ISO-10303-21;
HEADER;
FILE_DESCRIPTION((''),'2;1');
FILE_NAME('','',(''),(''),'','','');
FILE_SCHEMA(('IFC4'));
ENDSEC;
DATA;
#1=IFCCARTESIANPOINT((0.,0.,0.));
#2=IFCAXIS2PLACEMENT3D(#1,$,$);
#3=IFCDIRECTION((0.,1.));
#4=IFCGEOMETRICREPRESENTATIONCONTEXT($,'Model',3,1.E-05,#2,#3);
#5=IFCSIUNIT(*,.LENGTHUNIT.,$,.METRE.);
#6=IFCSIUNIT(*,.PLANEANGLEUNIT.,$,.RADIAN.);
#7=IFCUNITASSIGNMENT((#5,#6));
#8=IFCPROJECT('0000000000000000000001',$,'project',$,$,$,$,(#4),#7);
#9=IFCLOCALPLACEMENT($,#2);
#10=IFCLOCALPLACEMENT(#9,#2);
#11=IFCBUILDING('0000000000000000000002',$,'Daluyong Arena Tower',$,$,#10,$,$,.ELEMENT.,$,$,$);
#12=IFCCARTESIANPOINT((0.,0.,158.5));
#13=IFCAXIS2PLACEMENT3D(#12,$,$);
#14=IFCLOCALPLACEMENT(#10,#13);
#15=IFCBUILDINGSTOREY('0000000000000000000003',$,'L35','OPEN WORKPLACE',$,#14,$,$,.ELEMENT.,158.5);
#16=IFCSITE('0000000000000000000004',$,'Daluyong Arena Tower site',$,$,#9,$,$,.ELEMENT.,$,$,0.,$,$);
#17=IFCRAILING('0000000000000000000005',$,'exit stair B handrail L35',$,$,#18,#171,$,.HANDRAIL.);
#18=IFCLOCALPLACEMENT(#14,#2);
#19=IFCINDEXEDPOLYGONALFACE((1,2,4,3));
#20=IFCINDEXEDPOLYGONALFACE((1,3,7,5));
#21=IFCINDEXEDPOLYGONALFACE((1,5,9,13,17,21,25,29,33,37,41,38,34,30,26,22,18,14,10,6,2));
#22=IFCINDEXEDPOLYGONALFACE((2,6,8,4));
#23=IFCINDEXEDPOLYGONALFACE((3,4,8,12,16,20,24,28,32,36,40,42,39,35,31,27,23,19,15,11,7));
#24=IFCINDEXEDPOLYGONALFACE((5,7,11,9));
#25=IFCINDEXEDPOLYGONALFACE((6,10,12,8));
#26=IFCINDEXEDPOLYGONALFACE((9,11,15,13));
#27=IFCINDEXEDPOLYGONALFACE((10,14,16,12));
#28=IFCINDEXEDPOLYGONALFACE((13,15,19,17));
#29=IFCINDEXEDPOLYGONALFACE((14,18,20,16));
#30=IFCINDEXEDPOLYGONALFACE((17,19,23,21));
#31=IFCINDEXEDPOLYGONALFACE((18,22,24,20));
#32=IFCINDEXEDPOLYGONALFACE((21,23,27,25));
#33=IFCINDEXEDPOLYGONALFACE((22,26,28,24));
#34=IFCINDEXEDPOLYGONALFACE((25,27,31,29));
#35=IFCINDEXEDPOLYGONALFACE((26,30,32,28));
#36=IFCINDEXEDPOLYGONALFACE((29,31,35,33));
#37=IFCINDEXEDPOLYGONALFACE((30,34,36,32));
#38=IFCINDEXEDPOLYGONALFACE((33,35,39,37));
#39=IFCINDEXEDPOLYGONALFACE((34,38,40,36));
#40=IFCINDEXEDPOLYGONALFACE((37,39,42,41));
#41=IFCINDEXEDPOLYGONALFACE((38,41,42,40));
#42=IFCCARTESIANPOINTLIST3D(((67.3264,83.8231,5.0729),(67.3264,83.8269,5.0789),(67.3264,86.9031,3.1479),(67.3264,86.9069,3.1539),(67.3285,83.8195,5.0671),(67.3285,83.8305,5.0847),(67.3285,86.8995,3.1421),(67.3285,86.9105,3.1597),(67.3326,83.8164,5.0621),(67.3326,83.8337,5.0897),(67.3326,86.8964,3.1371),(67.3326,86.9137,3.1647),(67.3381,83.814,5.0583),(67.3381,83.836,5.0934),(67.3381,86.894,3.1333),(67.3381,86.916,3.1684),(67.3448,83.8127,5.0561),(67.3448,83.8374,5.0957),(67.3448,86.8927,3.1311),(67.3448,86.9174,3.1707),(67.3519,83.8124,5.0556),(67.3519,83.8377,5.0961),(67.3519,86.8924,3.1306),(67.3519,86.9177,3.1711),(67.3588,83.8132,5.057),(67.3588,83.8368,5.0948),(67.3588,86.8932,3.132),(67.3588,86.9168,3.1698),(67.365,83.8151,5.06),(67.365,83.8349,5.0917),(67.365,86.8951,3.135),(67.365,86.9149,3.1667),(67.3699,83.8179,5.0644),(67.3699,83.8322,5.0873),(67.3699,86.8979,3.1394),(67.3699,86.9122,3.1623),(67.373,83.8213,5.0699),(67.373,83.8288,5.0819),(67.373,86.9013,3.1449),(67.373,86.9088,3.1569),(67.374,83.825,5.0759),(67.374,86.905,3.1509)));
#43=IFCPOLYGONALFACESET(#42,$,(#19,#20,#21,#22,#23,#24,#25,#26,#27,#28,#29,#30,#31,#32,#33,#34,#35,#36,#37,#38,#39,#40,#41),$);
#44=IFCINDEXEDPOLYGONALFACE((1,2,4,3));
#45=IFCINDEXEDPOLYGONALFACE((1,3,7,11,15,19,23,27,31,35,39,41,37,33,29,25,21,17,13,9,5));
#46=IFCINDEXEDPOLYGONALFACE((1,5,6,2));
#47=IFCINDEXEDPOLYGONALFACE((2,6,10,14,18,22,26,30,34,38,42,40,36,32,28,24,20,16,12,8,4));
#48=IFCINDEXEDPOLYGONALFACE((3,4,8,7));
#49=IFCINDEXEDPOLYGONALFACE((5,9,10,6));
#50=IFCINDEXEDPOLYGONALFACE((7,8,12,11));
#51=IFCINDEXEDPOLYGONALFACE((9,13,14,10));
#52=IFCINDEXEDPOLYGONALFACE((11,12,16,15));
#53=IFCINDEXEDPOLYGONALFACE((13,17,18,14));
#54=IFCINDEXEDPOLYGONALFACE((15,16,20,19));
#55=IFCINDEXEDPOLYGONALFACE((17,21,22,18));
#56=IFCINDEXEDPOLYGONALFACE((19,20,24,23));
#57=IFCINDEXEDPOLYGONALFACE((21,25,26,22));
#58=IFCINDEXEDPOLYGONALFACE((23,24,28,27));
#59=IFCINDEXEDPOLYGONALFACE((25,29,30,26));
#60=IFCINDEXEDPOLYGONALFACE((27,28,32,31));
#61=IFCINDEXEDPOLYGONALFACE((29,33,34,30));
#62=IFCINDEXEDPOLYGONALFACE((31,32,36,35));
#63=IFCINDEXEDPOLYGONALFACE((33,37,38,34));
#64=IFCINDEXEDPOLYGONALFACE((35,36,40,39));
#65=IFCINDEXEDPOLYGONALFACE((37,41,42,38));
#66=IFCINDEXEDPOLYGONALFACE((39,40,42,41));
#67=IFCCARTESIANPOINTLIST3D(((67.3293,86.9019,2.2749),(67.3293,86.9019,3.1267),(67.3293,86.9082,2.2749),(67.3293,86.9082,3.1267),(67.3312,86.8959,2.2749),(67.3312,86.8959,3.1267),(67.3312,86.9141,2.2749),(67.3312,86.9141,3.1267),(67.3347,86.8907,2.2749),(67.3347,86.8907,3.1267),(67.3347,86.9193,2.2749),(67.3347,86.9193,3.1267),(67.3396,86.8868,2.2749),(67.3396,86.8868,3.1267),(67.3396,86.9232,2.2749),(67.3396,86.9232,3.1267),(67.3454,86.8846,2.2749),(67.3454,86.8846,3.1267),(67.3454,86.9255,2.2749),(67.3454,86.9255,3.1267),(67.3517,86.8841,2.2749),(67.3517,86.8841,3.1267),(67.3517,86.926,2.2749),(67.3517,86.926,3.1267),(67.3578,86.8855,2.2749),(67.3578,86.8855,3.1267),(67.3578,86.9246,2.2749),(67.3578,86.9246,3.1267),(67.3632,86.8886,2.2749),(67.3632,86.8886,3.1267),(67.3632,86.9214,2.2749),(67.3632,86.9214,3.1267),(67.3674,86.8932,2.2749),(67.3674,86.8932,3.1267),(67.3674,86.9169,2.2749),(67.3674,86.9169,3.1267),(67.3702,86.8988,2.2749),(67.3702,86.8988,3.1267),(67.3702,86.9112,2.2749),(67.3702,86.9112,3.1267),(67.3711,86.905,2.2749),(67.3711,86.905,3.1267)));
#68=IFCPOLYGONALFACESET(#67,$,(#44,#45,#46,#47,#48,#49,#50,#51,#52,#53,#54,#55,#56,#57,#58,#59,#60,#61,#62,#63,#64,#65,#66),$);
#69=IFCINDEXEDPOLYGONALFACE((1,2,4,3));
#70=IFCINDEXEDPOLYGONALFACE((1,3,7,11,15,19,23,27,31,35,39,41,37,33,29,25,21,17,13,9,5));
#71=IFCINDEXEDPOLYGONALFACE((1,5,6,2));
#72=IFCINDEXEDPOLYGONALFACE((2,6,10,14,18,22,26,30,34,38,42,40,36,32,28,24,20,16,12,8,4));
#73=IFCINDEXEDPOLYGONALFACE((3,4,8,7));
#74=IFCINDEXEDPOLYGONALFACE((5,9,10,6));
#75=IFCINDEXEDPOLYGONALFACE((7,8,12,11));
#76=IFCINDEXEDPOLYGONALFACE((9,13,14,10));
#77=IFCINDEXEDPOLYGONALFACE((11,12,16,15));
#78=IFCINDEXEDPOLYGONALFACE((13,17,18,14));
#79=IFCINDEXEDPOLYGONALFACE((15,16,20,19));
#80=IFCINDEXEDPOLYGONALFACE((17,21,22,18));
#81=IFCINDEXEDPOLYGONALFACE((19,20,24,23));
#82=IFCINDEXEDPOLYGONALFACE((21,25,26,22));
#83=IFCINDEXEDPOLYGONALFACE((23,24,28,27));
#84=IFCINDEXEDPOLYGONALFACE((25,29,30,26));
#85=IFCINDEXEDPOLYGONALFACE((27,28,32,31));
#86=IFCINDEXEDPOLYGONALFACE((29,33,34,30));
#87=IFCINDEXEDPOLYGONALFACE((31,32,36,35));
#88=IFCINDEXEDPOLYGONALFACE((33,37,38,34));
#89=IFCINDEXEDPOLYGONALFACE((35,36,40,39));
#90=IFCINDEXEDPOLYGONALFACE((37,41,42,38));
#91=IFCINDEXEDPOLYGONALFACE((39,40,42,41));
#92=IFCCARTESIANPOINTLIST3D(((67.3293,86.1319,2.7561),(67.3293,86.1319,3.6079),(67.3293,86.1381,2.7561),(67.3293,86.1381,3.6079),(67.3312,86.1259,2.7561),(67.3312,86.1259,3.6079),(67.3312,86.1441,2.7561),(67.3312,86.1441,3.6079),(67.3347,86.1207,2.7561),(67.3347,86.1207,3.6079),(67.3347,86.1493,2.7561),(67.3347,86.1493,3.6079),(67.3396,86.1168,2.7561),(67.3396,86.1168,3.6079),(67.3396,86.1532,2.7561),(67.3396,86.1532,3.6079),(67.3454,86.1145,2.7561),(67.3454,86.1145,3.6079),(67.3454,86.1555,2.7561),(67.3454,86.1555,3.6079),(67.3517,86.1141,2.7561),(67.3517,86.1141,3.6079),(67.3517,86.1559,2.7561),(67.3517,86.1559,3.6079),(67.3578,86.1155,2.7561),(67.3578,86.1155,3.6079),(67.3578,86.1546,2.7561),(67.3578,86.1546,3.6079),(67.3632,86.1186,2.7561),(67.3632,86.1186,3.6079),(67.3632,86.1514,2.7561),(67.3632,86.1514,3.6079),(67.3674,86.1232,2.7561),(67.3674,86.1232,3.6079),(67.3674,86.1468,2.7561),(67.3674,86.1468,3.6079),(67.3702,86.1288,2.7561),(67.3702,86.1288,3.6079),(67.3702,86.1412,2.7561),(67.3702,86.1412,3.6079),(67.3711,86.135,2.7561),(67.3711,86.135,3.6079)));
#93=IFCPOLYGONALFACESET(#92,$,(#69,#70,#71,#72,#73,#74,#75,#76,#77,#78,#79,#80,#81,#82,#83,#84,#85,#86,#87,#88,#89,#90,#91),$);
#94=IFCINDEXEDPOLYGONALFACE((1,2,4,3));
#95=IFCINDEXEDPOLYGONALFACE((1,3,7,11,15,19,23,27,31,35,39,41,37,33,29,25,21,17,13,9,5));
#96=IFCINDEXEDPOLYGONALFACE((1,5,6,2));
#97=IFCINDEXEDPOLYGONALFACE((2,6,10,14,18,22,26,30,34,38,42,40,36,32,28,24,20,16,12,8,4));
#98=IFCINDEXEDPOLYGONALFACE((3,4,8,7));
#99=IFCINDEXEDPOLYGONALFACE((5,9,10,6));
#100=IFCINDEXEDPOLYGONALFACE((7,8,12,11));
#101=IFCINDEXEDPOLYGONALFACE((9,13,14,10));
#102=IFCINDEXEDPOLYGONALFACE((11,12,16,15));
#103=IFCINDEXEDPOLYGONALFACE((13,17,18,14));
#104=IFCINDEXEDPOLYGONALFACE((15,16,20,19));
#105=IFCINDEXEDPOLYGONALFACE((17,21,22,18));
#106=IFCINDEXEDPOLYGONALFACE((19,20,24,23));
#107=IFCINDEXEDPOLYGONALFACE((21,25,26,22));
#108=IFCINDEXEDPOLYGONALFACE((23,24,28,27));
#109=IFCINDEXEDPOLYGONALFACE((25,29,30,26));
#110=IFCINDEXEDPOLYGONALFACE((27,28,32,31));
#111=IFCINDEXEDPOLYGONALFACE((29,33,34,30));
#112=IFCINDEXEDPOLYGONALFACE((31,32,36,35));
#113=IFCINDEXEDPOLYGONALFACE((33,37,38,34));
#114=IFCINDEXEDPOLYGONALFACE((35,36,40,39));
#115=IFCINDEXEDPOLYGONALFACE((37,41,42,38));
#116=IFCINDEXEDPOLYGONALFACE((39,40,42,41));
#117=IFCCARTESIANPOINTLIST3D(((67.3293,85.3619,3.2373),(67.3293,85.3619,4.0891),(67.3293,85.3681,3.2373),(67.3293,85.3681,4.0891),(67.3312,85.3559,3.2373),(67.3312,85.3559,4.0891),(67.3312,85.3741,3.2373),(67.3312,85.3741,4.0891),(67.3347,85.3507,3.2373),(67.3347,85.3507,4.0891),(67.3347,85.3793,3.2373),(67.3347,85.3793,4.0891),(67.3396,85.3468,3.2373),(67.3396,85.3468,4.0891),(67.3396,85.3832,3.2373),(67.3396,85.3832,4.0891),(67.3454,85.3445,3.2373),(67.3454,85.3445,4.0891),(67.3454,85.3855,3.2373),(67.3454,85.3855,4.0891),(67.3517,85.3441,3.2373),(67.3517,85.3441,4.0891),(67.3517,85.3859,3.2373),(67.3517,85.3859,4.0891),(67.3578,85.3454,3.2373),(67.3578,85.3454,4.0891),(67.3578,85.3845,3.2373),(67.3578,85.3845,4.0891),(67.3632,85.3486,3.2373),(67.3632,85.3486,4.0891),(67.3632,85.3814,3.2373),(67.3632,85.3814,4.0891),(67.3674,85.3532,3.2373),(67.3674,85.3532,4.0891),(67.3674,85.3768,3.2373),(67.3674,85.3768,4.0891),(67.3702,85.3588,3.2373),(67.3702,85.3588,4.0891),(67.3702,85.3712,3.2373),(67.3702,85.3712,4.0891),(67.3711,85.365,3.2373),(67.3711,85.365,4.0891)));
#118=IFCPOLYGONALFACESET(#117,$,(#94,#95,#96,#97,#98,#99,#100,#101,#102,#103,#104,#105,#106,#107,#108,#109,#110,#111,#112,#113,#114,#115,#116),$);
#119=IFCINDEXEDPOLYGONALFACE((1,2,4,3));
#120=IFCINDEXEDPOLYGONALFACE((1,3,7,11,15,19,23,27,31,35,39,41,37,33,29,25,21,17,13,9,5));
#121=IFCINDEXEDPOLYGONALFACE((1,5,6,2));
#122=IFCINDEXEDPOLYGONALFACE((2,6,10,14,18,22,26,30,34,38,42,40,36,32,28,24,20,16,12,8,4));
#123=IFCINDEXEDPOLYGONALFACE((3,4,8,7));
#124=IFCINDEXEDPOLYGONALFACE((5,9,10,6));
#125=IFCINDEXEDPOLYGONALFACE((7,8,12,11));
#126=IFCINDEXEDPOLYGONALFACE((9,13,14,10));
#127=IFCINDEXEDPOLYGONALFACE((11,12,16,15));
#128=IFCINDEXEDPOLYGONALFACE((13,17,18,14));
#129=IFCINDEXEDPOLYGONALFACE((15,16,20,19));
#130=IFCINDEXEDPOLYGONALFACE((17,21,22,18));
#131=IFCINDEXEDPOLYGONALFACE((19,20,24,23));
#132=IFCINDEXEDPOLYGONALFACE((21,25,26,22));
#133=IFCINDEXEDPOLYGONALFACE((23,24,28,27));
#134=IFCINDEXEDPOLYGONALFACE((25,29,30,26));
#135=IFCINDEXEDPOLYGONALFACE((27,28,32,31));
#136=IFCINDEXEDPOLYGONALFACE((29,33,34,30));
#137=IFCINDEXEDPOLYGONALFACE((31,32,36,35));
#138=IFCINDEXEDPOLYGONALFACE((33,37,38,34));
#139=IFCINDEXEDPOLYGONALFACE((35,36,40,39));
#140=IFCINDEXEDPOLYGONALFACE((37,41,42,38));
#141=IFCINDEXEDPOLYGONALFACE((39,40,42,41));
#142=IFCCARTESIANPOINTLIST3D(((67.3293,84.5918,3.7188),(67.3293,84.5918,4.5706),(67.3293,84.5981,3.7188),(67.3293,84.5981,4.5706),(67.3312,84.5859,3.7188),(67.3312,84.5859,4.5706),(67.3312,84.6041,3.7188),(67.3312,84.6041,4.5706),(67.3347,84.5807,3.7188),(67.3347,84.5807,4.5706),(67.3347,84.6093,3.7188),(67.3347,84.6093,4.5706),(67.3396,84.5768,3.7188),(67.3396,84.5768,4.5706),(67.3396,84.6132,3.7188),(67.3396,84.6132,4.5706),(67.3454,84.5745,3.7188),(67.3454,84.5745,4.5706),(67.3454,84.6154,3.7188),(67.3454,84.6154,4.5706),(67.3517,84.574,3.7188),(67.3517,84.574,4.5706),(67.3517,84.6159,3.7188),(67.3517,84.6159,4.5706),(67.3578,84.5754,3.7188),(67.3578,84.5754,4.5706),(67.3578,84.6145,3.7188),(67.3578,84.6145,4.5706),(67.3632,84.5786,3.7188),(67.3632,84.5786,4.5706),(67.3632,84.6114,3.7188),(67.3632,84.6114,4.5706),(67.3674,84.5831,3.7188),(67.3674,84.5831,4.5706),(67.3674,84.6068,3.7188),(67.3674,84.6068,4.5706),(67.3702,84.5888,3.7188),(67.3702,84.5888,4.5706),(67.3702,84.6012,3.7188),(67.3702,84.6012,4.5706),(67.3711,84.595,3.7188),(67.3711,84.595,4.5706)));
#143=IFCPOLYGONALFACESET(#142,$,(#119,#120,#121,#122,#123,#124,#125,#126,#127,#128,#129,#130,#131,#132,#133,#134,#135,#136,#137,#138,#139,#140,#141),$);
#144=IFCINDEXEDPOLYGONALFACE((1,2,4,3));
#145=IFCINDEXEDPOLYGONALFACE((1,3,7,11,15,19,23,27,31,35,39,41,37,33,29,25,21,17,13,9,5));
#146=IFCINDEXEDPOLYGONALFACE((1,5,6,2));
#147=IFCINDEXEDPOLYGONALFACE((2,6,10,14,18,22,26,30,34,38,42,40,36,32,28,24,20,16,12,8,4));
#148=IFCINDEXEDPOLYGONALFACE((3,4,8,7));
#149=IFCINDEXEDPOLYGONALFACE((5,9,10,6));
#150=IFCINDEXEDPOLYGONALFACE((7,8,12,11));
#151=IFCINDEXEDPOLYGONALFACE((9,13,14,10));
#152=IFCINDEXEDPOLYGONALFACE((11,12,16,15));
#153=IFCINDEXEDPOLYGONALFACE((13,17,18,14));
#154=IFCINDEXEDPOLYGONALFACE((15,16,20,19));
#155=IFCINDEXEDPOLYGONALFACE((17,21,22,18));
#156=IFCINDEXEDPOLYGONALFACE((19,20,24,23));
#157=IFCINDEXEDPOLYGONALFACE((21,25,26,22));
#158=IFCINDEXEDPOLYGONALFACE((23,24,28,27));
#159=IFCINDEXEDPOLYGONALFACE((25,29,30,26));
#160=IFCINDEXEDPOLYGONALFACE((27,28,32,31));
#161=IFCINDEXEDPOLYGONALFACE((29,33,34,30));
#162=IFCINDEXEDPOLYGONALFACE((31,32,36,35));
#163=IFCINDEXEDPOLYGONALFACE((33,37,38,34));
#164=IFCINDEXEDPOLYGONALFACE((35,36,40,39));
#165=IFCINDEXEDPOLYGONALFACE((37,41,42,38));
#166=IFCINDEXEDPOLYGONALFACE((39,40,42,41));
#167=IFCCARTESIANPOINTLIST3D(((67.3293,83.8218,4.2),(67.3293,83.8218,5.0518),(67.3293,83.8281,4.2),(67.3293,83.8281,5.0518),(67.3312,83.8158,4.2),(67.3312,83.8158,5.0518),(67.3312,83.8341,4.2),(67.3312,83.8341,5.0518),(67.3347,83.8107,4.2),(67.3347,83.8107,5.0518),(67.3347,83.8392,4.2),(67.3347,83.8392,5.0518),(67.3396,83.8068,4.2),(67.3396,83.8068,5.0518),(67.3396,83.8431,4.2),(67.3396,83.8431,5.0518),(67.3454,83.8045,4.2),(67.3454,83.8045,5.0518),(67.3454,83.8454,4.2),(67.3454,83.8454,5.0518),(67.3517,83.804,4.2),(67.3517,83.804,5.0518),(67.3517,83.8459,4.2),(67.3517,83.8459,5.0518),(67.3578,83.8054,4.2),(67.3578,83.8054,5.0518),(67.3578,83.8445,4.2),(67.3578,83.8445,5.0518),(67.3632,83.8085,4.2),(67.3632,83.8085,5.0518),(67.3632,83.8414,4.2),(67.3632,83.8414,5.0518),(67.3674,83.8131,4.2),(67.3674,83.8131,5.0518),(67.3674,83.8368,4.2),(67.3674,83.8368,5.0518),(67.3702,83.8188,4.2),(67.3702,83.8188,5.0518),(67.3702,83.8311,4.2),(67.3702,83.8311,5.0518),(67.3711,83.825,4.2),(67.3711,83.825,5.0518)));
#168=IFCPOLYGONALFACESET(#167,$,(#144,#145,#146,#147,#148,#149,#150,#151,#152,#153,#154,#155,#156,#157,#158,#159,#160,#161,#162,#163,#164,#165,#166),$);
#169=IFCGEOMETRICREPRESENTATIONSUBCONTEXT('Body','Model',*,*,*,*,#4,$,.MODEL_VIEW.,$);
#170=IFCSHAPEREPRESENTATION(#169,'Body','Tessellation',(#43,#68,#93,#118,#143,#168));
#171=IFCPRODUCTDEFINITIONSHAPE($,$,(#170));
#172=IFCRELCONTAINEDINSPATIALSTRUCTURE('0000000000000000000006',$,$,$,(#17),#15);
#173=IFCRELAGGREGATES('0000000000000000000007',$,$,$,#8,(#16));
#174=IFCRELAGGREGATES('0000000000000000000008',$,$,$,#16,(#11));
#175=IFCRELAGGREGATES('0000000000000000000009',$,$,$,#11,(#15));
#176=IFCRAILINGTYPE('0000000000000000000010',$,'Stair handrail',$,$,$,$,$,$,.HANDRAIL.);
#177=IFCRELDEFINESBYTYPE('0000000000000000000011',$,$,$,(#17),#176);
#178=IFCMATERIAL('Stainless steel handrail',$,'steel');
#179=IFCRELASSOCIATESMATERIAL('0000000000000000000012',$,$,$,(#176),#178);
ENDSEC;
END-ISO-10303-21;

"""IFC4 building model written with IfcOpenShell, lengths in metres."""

from ifc_helpers import new_model, si_unit, direction, frame, origin, origin_2d, place, context, subcontext, project, spatial, circle, extrude, material, type_object, element, save


model = new_model("IFC4")

# Units and contexts
model_context = context("Model", 3, precision=1e-05, world=origin(), true_north=direction((0.0, 1.0)))
body_context = subcontext(model_context, "Body", "Model", "MODEL_VIEW")
ifc_project = project(units=[si_unit("LENGTHUNIT", "METRE"), si_unit("PLANEANGLEUNIT", "RADIAN")], contexts=[model_context])

# Site, building, storey
site_placement = place(None, origin())
site = spatial("IfcSite", under=ifc_project, at=site_placement, Name="Daluyong Arena Tower site", CompositionType="ELEMENT", RefElevation=0.0)
building_placement = place(site_placement, origin())
building = spatial("IfcBuilding", under=site, at=building_placement, Name="Daluyong Arena Tower", CompositionType="ELEMENT")
storey_placement = place(building_placement, frame((0.0, 0.0, 158.5)))
storey = spatial("IfcBuildingStorey", under=building, at=storey_placement, Name="L35", Description="OPEN WORKPLACE", CompositionType="ELEMENT", Elevation=158.5)

# Railing
ifc_material_1 = material(Name="Stainless steel handrail", Category="steel")
railing_type_1 = type_object("IfcRailingType", Name="Stair handrail", PredefinedType="HANDRAIL", material=ifc_material_1)
railing_1_placement = place(storey_placement, frame((67.3501, 86.905, 2.2749)))
element("IfcRailing", 1, at=railing_1_placement, inside=storey, type_object=railing_type_1, Name="exit stair B handrail L35", PredefinedType="HANDRAIL", context=body_context, shape_type="SweptSolid", body=[
    extrude(circle(Radius=0.0239, at=origin_2d()), frame((0.0, 0.0, 0.876), z_axis=(0.0, -0.847998, 0.529999), x_axis=(1.0, 0.0, 0.0)), (0.0, 0.0, 1.0), 3.6321),
    extrude(circle(Radius=0.021, at=origin_2d()), origin(), (0.0, 0.0, 1.0), 0.8518),
    extrude(circle(Radius=0.021, at=origin_2d()), frame((0.0, -0.77, 0.4812)), (0.0, 0.0, 1.0), 0.8518),
    extrude(circle(Radius=0.021, at=origin_2d()), frame((0.0, -1.54, 0.9624)), (0.0, 0.0, 1.0), 0.8518),
    extrude(circle(Radius=0.021, at=origin_2d()), frame((0.0, -2.3101, 1.4438)), (0.0, 0.0, 1.0), 0.8518),
    extrude(circle(Radius=0.021, at=origin_2d()), frame((0.0, -3.0801, 1.925)), (0.0, 0.0, 1.0), 0.8518),
])

save(model, "model.ifc")
